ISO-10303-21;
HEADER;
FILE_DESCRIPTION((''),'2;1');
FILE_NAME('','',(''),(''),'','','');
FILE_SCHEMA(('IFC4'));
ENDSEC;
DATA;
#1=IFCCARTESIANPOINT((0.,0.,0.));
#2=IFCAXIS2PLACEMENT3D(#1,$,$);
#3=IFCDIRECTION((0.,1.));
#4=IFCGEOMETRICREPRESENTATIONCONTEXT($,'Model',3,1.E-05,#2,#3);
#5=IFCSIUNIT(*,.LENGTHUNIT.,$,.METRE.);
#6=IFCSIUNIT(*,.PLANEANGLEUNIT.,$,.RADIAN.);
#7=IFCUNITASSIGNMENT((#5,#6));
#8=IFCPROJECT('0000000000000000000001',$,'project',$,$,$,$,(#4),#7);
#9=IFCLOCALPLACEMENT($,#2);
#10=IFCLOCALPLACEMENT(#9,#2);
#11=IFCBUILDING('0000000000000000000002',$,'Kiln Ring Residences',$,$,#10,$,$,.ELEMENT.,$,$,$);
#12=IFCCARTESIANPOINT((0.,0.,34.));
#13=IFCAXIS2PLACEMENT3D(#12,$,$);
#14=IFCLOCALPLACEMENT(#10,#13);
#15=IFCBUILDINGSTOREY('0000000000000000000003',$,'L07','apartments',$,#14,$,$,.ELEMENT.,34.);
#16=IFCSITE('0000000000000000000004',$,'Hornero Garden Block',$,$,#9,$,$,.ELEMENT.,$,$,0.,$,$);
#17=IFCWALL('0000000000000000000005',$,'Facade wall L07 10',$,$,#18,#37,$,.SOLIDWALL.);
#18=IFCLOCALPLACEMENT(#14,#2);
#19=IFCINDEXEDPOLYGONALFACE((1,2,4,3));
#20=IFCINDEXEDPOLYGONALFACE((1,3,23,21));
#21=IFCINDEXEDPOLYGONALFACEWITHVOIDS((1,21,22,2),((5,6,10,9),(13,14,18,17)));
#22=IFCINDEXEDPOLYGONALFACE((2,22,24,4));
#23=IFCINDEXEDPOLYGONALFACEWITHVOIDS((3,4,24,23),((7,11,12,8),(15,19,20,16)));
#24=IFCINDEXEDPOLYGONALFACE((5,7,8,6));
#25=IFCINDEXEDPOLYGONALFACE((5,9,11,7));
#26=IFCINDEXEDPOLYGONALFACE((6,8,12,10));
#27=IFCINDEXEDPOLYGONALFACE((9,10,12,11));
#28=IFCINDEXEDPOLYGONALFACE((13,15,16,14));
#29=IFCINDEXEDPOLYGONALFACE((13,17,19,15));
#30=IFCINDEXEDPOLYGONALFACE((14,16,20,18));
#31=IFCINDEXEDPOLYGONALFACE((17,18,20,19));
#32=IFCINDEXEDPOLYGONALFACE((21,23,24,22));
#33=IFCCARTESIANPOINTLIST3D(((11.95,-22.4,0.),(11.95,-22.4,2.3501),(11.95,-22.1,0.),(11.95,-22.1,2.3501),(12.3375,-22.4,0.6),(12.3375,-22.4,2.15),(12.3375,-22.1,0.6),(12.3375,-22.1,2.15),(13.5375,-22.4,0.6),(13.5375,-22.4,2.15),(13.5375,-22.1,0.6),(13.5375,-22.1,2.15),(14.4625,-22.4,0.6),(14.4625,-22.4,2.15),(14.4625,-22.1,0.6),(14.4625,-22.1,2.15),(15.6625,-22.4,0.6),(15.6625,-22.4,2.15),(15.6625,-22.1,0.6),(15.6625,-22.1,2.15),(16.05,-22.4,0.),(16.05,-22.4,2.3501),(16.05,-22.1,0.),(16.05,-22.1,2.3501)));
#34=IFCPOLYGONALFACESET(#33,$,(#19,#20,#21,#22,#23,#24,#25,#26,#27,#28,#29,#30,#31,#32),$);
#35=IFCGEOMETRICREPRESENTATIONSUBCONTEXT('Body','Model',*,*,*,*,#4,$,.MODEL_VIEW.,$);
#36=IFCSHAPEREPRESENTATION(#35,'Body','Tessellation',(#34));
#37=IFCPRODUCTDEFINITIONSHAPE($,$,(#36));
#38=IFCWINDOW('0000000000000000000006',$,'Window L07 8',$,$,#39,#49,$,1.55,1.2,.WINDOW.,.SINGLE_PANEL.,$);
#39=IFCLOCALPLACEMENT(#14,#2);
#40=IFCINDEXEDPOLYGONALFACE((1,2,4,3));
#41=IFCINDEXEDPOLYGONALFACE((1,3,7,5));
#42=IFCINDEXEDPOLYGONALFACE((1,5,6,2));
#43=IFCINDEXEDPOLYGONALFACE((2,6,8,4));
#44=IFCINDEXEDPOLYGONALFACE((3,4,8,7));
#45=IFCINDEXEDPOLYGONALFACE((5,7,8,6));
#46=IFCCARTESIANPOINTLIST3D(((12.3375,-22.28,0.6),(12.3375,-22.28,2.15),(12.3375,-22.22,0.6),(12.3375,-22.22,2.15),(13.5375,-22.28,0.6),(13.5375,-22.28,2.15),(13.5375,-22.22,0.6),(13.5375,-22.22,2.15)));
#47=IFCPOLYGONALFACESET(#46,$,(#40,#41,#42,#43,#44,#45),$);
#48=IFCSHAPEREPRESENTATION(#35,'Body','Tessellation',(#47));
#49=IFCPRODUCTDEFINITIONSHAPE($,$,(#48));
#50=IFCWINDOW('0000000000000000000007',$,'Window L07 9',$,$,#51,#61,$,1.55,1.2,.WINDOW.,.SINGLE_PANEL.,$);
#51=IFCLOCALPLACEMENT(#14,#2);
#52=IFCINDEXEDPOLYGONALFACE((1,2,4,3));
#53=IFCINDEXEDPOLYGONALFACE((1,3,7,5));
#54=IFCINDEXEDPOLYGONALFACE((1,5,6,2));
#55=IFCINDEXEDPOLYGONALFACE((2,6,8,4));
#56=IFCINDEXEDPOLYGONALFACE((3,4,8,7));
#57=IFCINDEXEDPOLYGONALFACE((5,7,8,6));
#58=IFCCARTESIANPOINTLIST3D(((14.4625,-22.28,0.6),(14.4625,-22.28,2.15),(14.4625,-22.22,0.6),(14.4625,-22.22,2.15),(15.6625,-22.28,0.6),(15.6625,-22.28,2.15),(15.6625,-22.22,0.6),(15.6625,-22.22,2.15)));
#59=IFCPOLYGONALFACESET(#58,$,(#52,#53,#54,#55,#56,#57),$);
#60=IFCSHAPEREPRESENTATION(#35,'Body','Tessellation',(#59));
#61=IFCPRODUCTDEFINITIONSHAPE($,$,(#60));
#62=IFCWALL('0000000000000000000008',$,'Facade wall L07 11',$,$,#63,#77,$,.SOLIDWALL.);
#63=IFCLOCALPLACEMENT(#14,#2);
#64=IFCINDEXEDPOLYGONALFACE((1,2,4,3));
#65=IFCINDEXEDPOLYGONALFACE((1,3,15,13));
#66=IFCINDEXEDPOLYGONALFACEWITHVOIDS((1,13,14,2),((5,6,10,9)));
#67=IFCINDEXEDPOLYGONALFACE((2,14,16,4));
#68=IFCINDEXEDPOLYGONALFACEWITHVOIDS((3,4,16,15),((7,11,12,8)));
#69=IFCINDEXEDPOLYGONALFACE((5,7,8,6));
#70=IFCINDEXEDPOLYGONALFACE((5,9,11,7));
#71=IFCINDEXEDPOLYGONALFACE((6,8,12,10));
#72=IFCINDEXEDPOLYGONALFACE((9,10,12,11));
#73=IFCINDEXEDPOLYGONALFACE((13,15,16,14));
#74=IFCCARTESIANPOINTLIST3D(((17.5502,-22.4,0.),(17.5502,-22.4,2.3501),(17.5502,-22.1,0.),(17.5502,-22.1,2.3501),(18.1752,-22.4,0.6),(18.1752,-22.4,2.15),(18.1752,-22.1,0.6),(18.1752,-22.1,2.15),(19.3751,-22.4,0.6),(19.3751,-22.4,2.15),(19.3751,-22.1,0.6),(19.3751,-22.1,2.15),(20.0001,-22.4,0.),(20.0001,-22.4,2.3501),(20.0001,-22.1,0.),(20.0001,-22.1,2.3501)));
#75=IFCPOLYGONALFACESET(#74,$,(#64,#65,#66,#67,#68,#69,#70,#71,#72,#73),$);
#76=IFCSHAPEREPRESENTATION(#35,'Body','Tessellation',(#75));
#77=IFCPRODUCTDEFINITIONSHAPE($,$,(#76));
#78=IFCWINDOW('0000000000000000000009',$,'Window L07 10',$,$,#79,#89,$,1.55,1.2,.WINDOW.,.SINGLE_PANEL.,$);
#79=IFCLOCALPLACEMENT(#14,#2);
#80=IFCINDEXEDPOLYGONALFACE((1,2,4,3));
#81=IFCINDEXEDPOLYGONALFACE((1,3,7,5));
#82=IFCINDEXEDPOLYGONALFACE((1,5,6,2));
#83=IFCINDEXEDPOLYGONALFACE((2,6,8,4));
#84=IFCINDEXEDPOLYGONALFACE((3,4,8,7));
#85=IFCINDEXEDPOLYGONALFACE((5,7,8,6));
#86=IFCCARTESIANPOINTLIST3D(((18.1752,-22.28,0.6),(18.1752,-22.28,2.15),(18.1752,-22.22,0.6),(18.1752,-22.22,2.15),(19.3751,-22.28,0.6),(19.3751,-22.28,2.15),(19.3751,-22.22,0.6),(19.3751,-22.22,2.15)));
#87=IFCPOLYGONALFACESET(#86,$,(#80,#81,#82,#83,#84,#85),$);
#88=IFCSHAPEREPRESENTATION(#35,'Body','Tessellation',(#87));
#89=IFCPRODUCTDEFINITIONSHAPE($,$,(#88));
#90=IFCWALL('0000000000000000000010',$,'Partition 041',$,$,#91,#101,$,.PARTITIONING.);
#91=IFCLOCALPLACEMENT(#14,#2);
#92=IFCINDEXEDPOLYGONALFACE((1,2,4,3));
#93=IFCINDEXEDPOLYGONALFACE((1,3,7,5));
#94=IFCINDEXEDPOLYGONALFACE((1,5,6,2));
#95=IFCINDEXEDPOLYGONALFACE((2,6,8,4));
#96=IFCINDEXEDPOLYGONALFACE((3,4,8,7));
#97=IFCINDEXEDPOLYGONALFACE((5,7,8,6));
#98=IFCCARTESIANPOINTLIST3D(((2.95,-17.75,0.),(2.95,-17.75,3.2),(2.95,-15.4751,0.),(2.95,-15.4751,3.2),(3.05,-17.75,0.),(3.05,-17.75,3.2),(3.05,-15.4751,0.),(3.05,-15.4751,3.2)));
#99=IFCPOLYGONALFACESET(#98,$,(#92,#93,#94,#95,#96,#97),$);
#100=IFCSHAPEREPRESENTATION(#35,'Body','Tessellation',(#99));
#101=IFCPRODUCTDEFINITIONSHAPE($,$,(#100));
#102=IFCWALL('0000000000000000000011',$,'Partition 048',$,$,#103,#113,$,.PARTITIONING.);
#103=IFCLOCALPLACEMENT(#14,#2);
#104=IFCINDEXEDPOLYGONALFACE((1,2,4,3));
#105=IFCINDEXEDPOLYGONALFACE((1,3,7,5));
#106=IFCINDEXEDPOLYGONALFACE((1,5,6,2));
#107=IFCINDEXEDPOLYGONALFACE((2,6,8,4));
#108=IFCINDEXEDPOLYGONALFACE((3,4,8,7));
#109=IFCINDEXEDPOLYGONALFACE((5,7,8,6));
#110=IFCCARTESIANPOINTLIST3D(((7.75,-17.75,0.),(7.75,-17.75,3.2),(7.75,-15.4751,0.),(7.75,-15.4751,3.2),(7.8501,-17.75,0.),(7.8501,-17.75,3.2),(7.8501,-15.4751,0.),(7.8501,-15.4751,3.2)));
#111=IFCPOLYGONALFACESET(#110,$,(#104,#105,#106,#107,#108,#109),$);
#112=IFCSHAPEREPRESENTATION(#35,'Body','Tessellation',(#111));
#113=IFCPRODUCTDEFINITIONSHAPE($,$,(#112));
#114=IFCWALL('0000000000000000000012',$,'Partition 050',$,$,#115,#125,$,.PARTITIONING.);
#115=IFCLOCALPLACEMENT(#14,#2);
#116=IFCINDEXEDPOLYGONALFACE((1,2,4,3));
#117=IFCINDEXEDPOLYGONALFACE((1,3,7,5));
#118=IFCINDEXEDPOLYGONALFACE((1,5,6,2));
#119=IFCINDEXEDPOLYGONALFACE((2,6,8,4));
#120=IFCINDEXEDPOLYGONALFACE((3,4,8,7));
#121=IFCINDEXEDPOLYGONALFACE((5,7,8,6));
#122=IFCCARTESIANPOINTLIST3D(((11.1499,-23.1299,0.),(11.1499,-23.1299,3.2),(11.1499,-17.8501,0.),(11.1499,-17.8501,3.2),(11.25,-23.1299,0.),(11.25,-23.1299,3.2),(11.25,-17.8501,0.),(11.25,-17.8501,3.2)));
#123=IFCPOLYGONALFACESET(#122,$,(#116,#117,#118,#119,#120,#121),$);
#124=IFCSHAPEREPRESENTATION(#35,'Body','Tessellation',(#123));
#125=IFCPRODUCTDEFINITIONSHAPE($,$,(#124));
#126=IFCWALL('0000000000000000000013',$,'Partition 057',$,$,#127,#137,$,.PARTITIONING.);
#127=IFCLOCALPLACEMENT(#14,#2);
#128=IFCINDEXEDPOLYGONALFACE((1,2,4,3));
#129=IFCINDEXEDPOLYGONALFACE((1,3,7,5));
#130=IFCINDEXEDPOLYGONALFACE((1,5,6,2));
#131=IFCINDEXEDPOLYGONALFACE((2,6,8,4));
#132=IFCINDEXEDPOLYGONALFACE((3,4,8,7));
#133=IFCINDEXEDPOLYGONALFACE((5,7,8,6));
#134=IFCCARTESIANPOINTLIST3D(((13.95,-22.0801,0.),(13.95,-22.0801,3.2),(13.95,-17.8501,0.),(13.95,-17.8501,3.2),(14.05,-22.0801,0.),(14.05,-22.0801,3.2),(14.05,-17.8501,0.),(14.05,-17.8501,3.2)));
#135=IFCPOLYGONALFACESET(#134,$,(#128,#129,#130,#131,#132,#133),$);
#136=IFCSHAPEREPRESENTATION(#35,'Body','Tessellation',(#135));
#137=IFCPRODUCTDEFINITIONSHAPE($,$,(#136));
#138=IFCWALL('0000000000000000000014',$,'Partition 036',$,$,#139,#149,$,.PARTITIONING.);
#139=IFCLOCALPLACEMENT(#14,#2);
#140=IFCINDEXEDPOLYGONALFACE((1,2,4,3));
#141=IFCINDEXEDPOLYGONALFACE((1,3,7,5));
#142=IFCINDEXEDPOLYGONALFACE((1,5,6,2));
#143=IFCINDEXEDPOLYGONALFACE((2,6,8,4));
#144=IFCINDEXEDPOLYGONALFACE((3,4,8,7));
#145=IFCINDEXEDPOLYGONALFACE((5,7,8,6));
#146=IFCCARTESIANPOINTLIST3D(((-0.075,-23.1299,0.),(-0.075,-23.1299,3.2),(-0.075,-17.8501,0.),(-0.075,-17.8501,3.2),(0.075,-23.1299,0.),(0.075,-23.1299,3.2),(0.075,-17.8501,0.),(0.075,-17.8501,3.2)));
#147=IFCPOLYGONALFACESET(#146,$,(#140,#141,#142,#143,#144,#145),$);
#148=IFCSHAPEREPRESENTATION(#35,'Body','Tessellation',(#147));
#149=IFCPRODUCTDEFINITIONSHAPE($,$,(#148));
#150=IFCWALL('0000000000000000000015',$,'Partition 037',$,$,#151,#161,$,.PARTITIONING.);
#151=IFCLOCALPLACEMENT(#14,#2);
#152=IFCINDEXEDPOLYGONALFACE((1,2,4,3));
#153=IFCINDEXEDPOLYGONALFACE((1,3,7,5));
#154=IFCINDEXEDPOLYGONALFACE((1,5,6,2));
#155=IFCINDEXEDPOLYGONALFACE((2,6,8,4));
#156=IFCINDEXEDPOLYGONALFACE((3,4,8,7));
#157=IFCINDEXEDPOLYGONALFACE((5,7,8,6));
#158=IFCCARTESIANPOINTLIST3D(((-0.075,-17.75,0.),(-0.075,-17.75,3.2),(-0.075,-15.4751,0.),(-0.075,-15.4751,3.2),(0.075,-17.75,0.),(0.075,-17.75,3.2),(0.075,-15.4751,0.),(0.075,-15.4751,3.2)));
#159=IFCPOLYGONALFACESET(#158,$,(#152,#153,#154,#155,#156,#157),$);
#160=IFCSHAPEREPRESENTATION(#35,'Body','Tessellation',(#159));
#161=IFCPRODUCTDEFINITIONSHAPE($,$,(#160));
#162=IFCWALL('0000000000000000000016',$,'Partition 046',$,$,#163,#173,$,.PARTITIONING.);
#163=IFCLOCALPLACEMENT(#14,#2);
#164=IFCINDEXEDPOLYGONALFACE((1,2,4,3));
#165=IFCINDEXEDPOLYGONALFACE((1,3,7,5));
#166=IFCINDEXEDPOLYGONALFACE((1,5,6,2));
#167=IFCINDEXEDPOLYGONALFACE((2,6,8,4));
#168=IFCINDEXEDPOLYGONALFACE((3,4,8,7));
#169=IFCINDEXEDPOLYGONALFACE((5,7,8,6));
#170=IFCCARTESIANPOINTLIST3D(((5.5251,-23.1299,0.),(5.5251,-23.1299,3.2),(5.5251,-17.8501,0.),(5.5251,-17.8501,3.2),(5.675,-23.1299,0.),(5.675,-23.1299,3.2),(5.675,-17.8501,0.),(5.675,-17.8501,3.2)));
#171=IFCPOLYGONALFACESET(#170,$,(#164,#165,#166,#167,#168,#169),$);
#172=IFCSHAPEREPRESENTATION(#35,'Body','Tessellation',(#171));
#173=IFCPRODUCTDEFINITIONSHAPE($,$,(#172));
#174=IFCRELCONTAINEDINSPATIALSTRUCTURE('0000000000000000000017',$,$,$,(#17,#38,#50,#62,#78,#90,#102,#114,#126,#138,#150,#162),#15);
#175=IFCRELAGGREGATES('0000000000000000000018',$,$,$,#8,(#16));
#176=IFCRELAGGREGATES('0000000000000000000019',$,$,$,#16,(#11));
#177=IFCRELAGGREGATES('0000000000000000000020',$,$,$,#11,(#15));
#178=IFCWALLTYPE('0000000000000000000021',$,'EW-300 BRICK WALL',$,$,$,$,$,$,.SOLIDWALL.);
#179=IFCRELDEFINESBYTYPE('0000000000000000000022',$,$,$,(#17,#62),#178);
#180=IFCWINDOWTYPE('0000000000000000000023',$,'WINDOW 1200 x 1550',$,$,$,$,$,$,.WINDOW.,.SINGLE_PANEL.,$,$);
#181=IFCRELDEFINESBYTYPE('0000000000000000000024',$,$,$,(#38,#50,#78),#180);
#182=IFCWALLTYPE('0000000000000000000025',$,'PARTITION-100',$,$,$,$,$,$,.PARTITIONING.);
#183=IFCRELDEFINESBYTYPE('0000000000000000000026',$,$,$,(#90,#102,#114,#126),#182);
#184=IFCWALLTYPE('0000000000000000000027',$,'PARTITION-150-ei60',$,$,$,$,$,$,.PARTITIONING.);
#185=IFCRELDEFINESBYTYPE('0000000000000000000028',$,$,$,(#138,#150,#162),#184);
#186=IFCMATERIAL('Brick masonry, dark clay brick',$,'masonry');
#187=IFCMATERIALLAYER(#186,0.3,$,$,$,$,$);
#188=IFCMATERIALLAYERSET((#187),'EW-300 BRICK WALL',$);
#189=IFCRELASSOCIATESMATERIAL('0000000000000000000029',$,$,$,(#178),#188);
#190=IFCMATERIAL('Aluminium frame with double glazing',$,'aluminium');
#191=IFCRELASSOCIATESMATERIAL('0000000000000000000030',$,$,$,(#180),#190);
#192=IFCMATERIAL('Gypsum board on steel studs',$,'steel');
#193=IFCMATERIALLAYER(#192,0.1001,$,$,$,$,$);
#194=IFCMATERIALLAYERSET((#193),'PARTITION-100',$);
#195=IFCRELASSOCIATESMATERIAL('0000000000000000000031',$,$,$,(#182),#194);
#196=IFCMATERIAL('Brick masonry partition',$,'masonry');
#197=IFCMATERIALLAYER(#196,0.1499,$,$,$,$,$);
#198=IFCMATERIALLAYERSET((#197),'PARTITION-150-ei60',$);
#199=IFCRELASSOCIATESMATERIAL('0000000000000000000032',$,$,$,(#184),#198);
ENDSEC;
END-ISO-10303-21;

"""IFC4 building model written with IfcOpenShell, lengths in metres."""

from ifc_helpers import new_model, si_unit, direction, frame, frame_2d, origin, place, context, subcontext, project, spatial, rectangle, extrude, material, layer, layer_set, type_object, element, fill, save


model = new_model("IFC4")

# Units and contexts
model_context = context("Model", 3, precision=1e-05, world=origin(), true_north=direction((0.0, 1.0)))
body_context = subcontext(model_context, "Body", "Model", "MODEL_VIEW")
ifc_project = project(units=[si_unit("LENGTHUNIT", "METRE"), si_unit("PLANEANGLEUNIT", "RADIAN")], contexts=[model_context])

# Site, building, storey
site_placement = place(None, origin())
site = spatial("IfcSite", under=ifc_project, at=site_placement, Name="Hornero Garden Block", CompositionType="ELEMENT", RefElevation=0.0)
building_placement = place(site_placement, origin())
building = spatial("IfcBuilding", under=site, at=building_placement, Name="Kiln Ring Residences", CompositionType="ELEMENT")
storey_placement = place(building_placement, frame((0.0, 0.0, 34.0)))
storey = spatial("IfcBuildingStorey", under=building, at=storey_placement, Name="L07", Description="apartments", CompositionType="ELEMENT", Elevation=34.0)

# Shared definitions
ifc_material_1 = material(Name="Brick masonry, dark clay brick", Category="masonry")
ifc_layer_1 = layer(ifc_material_1, 0.3)
ifc_layer_set_1 = layer_set([ifc_layer_1], Name="EW-300 BRICK WALL")
wall_type_1 = type_object("IfcWallType", Name="EW-300 BRICK WALL", PredefinedType="SOLIDWALL", material=ifc_layer_set_1)

# Wall, openings, windows
wall_1_placement = place(storey_placement, frame((11.95, -22.25, 0.0), z_axis=(0.0, 0.0, 1.0), x_axis=(1.0, 0.0, 0.0)))
wall_1 = element("IfcWall", 1, at=wall_1_placement, inside=storey, type_object=wall_type_1, Name="Facade wall L07 10", PredefinedType="SOLIDWALL", context=body_context, shape_type="SweptSolid", body=[
    extrude(rectangle(XDim=4.1001, YDim=0.3, at=frame_2d((2.05, 0.0))), origin(), (0.0, 0.0, 1.0), 2.3501),
])
opening_1_placement = place(wall_1_placement, frame((0.3875, 0.0, 0.6001)))
opening_1 = element("IfcOpeningElement", 2, at=opening_1_placement, cuts=wall_1, PredefinedType="OPENING", context=body_context, shape_type="SweptSolid", body=[
    extrude(rectangle(XDim=1.2, YDim=1.55, at=frame_2d((0.6001, 0.7749))), frame((0.0, 0.1599, 0.0), z_axis=(0.0, -1.0, 0.0), x_axis=(1.0, 0.0, 0.0)), (0.0, 0.0, 1.0), 0.3201),
])
opening_2_placement = place(wall_1_placement, frame((2.5125, 0.0, 0.6001)))
opening_2 = element("IfcOpeningElement", 3, at=opening_2_placement, cuts=wall_1, PredefinedType="OPENING", context=body_context, shape_type="SweptSolid", body=[
    extrude(rectangle(XDim=1.2, YDim=1.55, at=frame_2d((0.6001, 0.7749))), frame((0.0, 0.1599, 0.0), z_axis=(0.0, -1.0, 0.0), x_axis=(1.0, 0.0, 0.0)), (0.0, 0.0, 1.0), 0.3201),
])
ifc_material_2 = material(Name="Aluminium frame with double glazing", Category="aluminium")
window_type_1 = type_object("IfcWindowType", Name="WINDOW 1200 x 1550", PartitioningType="SINGLE_PANEL", PredefinedType="WINDOW", material=ifc_material_2)
window_1_placement = place(opening_1_placement, origin())
window_1 = element("IfcWindow", 4, at=window_1_placement, inside=storey, type_object=window_type_1, Name="Window L07 8", OverallHeight=1.55, OverallWidth=1.2, PartitioningType="SINGLE_PANEL", PredefinedType="WINDOW", context=body_context, shape_type="SweptSolid", body=[
    extrude(rectangle(XDim=1.2, YDim=1.55, at=frame_2d((0.6001, 0.7749))), frame((0.0, 0.03, 0.0), z_axis=(0.0, -1.0, 0.0), x_axis=(1.0, 0.0, 0.0)), (0.0, 0.0, 1.0), 0.0601),
])
fill(opening_1, window_1)
window_2_placement = place(opening_2_placement, origin())
window_2 = element("IfcWindow", 5, at=window_2_placement, inside=storey, type_object=window_type_1, Name="Window L07 9", OverallHeight=1.55, OverallWidth=1.2, PartitioningType="SINGLE_PANEL", PredefinedType="WINDOW", context=body_context, shape_type="SweptSolid", body=[
    extrude(rectangle(XDim=1.2, YDim=1.55, at=frame_2d((0.6001, 0.7749))), frame((0.0, 0.03, 0.0), z_axis=(0.0, -1.0, 0.0), x_axis=(1.0, 0.0, 0.0)), (0.0, 0.0, 1.0), 0.0601),
])
fill(opening_2, window_2)

# Wall, opening, window
wall_2_placement = place(storey_placement, frame((17.55, -22.25, 0.0), z_axis=(0.0, 0.0, 1.0), x_axis=(1.0, 0.0, 0.0)))
wall_2 = element("IfcWall", 6, at=wall_2_placement, inside=storey, type_object=wall_type_1, Name="Facade wall L07 11", PredefinedType="SOLIDWALL", context=body_context, shape_type="SweptSolid", body=[
    extrude(rectangle(XDim=2.45, YDim=0.3, at=frame_2d((1.2251, 0.0))), origin(), (0.0, 0.0, 1.0), 2.3501),
])
opening_3_placement = place(wall_2_placement, frame((0.625, 0.0, 0.6001)))
opening_3 = element("IfcOpeningElement", 7, at=opening_3_placement, cuts=wall_2, PredefinedType="OPENING", context=body_context, shape_type="SweptSolid", body=[
    extrude(rectangle(XDim=1.2, YDim=1.55, at=frame_2d((0.6001, 0.7749))), frame((0.0, 0.1599, 0.0), z_axis=(0.0, -1.0, 0.0), x_axis=(1.0, 0.0, 0.0)), (0.0, 0.0, 1.0), 0.3201),
])
window_3_placement = place(opening_3_placement, origin())
window_3 = element("IfcWindow", 8, at=window_3_placement, inside=storey, type_object=window_type_1, Name="Window L07 10", OverallHeight=1.55, OverallWidth=1.2, PartitioningType="SINGLE_PANEL", PredefinedType="WINDOW", context=body_context, shape_type="SweptSolid", body=[
    extrude(rectangle(XDim=1.2, YDim=1.55, at=frame_2d((0.6001, 0.7749))), frame((0.0, 0.03, 0.0), z_axis=(0.0, -1.0, 0.0), x_axis=(1.0, 0.0, 0.0)), (0.0, 0.0, 1.0), 0.0601),
])
fill(opening_3, window_3)

# Walls
ifc_material_3 = material(Name="Gypsum board on steel studs", Category="steel")
ifc_layer_2 = layer(ifc_material_3, 0.1001)
ifc_layer_set_2 = layer_set([ifc_layer_2], Name="PARTITION-100")
wall_type_2 = type_object("IfcWallType", Name="PARTITION-100", PredefinedType="PARTITIONING", material=ifc_layer_set_2)
for number, where, z_axis, x_axis, name in (
    (9, (3.0, -17.75, 0.0), (0.0, 0.0, 1.0), (0.0, 1.0, 0.0), "Partition 041"),
    (10, (7.8, -17.75, 0.0), (0.0, 0.0, 1.0), (0.0, 1.0, 0.0), "Partition 048"),
):
    element("IfcWall", number, at=place(storey_placement, frame(where, z_axis=z_axis, x_axis=x_axis)), inside=storey, type_object=wall_type_2, Name=name, PredefinedType="PARTITIONING", context=body_context, shape_type="SweptSolid", body=[
        extrude(rectangle(XDim=2.2749, YDim=0.1001, at=frame_2d((1.1375, 0.0))), origin(), (0.0, 0.0, 1.0), 3.2),
    ])
wall_3_placement = place(storey_placement, frame((11.2, -23.1299, 0.0), z_axis=(0.0, 0.0, 1.0), x_axis=(0.0, 1.0, 0.0)))
element("IfcWall", 11, at=wall_3_placement, inside=storey, type_object=wall_type_2, Name="Partition 050", PredefinedType="PARTITIONING", context=body_context, shape_type="SweptSolid", body=[
    extrude(rectangle(XDim=5.2798, YDim=0.1001, at=frame_2d((2.6399, 0.0))), origin(), (0.0, 0.0, 1.0), 3.2),
])
wall_4_placement = place(storey_placement, frame((14.0, -22.0801, 0.0), z_axis=(0.0, 0.0, 1.0), x_axis=(0.0, 1.0, 0.0)))
element("IfcWall", 12, at=wall_4_placement, inside=storey, type_object=wall_type_2, Name="Partition 057", PredefinedType="PARTITIONING", context=body_context, shape_type="SweptSolid", body=[
    extrude(rectangle(XDim=4.23, YDim=0.1001, at=frame_2d((2.115, 0.0))), origin(), (0.0, 0.0, 1.0), 3.2),
])
ifc_material_4 = material(Name="Brick masonry partition", Category="masonry")
ifc_layer_3 = layer(ifc_material_4, 0.1499)
ifc_layer_set_3 = layer_set([ifc_layer_3], Name="PARTITION-150-ei60")
wall_type_3 = type_object("IfcWallType", Name="PARTITION-150-ei60", PredefinedType="PARTITIONING", material=ifc_layer_set_3)
wall_5_placement = place(storey_placement, frame((0.0, -23.1299, 0.0), z_axis=(0.0, 0.0, 1.0), x_axis=(0.0, 1.0, 0.0)))
element("IfcWall", 13, at=wall_5_placement, inside=storey, type_object=wall_type_3, Name="Partition 036", PredefinedType="PARTITIONING", context=body_context, shape_type="SweptSolid", body=[
    extrude(rectangle(XDim=5.2798, YDim=0.1499, at=frame_2d((2.6399, 0.0))), origin(), (0.0, 0.0, 1.0), 3.2),
])
wall_6_placement = place(storey_placement, frame((0.0, -17.75, 0.0), z_axis=(0.0, 0.0, 1.0), x_axis=(0.0, 1.0, 0.0)))
element("IfcWall", 14, at=wall_6_placement, inside=storey, type_object=wall_type_3, Name="Partition 037", PredefinedType="PARTITIONING", context=body_context, shape_type="SweptSolid", body=[
    extrude(rectangle(XDim=2.2749, YDim=0.1499, at=frame_2d((1.1375, 0.0))), origin(), (0.0, 0.0, 1.0), 3.2),
])
wall_7_placement = place(storey_placement, frame((5.6001, -23.1299, 0.0), z_axis=(0.0, 0.0, 1.0), x_axis=(0.0, 1.0, 0.0)))
element("IfcWall", 15, at=wall_7_placement, inside=storey, type_object=wall_type_3, Name="Partition 046", PredefinedType="PARTITIONING", context=body_context, shape_type="SweptSolid", body=[
    extrude(rectangle(XDim=5.2798, YDim=0.1499, at=frame_2d((2.6399, 0.0))), origin(), (0.0, 0.0, 1.0), 3.2),
])

save(model, "model.ifc")
